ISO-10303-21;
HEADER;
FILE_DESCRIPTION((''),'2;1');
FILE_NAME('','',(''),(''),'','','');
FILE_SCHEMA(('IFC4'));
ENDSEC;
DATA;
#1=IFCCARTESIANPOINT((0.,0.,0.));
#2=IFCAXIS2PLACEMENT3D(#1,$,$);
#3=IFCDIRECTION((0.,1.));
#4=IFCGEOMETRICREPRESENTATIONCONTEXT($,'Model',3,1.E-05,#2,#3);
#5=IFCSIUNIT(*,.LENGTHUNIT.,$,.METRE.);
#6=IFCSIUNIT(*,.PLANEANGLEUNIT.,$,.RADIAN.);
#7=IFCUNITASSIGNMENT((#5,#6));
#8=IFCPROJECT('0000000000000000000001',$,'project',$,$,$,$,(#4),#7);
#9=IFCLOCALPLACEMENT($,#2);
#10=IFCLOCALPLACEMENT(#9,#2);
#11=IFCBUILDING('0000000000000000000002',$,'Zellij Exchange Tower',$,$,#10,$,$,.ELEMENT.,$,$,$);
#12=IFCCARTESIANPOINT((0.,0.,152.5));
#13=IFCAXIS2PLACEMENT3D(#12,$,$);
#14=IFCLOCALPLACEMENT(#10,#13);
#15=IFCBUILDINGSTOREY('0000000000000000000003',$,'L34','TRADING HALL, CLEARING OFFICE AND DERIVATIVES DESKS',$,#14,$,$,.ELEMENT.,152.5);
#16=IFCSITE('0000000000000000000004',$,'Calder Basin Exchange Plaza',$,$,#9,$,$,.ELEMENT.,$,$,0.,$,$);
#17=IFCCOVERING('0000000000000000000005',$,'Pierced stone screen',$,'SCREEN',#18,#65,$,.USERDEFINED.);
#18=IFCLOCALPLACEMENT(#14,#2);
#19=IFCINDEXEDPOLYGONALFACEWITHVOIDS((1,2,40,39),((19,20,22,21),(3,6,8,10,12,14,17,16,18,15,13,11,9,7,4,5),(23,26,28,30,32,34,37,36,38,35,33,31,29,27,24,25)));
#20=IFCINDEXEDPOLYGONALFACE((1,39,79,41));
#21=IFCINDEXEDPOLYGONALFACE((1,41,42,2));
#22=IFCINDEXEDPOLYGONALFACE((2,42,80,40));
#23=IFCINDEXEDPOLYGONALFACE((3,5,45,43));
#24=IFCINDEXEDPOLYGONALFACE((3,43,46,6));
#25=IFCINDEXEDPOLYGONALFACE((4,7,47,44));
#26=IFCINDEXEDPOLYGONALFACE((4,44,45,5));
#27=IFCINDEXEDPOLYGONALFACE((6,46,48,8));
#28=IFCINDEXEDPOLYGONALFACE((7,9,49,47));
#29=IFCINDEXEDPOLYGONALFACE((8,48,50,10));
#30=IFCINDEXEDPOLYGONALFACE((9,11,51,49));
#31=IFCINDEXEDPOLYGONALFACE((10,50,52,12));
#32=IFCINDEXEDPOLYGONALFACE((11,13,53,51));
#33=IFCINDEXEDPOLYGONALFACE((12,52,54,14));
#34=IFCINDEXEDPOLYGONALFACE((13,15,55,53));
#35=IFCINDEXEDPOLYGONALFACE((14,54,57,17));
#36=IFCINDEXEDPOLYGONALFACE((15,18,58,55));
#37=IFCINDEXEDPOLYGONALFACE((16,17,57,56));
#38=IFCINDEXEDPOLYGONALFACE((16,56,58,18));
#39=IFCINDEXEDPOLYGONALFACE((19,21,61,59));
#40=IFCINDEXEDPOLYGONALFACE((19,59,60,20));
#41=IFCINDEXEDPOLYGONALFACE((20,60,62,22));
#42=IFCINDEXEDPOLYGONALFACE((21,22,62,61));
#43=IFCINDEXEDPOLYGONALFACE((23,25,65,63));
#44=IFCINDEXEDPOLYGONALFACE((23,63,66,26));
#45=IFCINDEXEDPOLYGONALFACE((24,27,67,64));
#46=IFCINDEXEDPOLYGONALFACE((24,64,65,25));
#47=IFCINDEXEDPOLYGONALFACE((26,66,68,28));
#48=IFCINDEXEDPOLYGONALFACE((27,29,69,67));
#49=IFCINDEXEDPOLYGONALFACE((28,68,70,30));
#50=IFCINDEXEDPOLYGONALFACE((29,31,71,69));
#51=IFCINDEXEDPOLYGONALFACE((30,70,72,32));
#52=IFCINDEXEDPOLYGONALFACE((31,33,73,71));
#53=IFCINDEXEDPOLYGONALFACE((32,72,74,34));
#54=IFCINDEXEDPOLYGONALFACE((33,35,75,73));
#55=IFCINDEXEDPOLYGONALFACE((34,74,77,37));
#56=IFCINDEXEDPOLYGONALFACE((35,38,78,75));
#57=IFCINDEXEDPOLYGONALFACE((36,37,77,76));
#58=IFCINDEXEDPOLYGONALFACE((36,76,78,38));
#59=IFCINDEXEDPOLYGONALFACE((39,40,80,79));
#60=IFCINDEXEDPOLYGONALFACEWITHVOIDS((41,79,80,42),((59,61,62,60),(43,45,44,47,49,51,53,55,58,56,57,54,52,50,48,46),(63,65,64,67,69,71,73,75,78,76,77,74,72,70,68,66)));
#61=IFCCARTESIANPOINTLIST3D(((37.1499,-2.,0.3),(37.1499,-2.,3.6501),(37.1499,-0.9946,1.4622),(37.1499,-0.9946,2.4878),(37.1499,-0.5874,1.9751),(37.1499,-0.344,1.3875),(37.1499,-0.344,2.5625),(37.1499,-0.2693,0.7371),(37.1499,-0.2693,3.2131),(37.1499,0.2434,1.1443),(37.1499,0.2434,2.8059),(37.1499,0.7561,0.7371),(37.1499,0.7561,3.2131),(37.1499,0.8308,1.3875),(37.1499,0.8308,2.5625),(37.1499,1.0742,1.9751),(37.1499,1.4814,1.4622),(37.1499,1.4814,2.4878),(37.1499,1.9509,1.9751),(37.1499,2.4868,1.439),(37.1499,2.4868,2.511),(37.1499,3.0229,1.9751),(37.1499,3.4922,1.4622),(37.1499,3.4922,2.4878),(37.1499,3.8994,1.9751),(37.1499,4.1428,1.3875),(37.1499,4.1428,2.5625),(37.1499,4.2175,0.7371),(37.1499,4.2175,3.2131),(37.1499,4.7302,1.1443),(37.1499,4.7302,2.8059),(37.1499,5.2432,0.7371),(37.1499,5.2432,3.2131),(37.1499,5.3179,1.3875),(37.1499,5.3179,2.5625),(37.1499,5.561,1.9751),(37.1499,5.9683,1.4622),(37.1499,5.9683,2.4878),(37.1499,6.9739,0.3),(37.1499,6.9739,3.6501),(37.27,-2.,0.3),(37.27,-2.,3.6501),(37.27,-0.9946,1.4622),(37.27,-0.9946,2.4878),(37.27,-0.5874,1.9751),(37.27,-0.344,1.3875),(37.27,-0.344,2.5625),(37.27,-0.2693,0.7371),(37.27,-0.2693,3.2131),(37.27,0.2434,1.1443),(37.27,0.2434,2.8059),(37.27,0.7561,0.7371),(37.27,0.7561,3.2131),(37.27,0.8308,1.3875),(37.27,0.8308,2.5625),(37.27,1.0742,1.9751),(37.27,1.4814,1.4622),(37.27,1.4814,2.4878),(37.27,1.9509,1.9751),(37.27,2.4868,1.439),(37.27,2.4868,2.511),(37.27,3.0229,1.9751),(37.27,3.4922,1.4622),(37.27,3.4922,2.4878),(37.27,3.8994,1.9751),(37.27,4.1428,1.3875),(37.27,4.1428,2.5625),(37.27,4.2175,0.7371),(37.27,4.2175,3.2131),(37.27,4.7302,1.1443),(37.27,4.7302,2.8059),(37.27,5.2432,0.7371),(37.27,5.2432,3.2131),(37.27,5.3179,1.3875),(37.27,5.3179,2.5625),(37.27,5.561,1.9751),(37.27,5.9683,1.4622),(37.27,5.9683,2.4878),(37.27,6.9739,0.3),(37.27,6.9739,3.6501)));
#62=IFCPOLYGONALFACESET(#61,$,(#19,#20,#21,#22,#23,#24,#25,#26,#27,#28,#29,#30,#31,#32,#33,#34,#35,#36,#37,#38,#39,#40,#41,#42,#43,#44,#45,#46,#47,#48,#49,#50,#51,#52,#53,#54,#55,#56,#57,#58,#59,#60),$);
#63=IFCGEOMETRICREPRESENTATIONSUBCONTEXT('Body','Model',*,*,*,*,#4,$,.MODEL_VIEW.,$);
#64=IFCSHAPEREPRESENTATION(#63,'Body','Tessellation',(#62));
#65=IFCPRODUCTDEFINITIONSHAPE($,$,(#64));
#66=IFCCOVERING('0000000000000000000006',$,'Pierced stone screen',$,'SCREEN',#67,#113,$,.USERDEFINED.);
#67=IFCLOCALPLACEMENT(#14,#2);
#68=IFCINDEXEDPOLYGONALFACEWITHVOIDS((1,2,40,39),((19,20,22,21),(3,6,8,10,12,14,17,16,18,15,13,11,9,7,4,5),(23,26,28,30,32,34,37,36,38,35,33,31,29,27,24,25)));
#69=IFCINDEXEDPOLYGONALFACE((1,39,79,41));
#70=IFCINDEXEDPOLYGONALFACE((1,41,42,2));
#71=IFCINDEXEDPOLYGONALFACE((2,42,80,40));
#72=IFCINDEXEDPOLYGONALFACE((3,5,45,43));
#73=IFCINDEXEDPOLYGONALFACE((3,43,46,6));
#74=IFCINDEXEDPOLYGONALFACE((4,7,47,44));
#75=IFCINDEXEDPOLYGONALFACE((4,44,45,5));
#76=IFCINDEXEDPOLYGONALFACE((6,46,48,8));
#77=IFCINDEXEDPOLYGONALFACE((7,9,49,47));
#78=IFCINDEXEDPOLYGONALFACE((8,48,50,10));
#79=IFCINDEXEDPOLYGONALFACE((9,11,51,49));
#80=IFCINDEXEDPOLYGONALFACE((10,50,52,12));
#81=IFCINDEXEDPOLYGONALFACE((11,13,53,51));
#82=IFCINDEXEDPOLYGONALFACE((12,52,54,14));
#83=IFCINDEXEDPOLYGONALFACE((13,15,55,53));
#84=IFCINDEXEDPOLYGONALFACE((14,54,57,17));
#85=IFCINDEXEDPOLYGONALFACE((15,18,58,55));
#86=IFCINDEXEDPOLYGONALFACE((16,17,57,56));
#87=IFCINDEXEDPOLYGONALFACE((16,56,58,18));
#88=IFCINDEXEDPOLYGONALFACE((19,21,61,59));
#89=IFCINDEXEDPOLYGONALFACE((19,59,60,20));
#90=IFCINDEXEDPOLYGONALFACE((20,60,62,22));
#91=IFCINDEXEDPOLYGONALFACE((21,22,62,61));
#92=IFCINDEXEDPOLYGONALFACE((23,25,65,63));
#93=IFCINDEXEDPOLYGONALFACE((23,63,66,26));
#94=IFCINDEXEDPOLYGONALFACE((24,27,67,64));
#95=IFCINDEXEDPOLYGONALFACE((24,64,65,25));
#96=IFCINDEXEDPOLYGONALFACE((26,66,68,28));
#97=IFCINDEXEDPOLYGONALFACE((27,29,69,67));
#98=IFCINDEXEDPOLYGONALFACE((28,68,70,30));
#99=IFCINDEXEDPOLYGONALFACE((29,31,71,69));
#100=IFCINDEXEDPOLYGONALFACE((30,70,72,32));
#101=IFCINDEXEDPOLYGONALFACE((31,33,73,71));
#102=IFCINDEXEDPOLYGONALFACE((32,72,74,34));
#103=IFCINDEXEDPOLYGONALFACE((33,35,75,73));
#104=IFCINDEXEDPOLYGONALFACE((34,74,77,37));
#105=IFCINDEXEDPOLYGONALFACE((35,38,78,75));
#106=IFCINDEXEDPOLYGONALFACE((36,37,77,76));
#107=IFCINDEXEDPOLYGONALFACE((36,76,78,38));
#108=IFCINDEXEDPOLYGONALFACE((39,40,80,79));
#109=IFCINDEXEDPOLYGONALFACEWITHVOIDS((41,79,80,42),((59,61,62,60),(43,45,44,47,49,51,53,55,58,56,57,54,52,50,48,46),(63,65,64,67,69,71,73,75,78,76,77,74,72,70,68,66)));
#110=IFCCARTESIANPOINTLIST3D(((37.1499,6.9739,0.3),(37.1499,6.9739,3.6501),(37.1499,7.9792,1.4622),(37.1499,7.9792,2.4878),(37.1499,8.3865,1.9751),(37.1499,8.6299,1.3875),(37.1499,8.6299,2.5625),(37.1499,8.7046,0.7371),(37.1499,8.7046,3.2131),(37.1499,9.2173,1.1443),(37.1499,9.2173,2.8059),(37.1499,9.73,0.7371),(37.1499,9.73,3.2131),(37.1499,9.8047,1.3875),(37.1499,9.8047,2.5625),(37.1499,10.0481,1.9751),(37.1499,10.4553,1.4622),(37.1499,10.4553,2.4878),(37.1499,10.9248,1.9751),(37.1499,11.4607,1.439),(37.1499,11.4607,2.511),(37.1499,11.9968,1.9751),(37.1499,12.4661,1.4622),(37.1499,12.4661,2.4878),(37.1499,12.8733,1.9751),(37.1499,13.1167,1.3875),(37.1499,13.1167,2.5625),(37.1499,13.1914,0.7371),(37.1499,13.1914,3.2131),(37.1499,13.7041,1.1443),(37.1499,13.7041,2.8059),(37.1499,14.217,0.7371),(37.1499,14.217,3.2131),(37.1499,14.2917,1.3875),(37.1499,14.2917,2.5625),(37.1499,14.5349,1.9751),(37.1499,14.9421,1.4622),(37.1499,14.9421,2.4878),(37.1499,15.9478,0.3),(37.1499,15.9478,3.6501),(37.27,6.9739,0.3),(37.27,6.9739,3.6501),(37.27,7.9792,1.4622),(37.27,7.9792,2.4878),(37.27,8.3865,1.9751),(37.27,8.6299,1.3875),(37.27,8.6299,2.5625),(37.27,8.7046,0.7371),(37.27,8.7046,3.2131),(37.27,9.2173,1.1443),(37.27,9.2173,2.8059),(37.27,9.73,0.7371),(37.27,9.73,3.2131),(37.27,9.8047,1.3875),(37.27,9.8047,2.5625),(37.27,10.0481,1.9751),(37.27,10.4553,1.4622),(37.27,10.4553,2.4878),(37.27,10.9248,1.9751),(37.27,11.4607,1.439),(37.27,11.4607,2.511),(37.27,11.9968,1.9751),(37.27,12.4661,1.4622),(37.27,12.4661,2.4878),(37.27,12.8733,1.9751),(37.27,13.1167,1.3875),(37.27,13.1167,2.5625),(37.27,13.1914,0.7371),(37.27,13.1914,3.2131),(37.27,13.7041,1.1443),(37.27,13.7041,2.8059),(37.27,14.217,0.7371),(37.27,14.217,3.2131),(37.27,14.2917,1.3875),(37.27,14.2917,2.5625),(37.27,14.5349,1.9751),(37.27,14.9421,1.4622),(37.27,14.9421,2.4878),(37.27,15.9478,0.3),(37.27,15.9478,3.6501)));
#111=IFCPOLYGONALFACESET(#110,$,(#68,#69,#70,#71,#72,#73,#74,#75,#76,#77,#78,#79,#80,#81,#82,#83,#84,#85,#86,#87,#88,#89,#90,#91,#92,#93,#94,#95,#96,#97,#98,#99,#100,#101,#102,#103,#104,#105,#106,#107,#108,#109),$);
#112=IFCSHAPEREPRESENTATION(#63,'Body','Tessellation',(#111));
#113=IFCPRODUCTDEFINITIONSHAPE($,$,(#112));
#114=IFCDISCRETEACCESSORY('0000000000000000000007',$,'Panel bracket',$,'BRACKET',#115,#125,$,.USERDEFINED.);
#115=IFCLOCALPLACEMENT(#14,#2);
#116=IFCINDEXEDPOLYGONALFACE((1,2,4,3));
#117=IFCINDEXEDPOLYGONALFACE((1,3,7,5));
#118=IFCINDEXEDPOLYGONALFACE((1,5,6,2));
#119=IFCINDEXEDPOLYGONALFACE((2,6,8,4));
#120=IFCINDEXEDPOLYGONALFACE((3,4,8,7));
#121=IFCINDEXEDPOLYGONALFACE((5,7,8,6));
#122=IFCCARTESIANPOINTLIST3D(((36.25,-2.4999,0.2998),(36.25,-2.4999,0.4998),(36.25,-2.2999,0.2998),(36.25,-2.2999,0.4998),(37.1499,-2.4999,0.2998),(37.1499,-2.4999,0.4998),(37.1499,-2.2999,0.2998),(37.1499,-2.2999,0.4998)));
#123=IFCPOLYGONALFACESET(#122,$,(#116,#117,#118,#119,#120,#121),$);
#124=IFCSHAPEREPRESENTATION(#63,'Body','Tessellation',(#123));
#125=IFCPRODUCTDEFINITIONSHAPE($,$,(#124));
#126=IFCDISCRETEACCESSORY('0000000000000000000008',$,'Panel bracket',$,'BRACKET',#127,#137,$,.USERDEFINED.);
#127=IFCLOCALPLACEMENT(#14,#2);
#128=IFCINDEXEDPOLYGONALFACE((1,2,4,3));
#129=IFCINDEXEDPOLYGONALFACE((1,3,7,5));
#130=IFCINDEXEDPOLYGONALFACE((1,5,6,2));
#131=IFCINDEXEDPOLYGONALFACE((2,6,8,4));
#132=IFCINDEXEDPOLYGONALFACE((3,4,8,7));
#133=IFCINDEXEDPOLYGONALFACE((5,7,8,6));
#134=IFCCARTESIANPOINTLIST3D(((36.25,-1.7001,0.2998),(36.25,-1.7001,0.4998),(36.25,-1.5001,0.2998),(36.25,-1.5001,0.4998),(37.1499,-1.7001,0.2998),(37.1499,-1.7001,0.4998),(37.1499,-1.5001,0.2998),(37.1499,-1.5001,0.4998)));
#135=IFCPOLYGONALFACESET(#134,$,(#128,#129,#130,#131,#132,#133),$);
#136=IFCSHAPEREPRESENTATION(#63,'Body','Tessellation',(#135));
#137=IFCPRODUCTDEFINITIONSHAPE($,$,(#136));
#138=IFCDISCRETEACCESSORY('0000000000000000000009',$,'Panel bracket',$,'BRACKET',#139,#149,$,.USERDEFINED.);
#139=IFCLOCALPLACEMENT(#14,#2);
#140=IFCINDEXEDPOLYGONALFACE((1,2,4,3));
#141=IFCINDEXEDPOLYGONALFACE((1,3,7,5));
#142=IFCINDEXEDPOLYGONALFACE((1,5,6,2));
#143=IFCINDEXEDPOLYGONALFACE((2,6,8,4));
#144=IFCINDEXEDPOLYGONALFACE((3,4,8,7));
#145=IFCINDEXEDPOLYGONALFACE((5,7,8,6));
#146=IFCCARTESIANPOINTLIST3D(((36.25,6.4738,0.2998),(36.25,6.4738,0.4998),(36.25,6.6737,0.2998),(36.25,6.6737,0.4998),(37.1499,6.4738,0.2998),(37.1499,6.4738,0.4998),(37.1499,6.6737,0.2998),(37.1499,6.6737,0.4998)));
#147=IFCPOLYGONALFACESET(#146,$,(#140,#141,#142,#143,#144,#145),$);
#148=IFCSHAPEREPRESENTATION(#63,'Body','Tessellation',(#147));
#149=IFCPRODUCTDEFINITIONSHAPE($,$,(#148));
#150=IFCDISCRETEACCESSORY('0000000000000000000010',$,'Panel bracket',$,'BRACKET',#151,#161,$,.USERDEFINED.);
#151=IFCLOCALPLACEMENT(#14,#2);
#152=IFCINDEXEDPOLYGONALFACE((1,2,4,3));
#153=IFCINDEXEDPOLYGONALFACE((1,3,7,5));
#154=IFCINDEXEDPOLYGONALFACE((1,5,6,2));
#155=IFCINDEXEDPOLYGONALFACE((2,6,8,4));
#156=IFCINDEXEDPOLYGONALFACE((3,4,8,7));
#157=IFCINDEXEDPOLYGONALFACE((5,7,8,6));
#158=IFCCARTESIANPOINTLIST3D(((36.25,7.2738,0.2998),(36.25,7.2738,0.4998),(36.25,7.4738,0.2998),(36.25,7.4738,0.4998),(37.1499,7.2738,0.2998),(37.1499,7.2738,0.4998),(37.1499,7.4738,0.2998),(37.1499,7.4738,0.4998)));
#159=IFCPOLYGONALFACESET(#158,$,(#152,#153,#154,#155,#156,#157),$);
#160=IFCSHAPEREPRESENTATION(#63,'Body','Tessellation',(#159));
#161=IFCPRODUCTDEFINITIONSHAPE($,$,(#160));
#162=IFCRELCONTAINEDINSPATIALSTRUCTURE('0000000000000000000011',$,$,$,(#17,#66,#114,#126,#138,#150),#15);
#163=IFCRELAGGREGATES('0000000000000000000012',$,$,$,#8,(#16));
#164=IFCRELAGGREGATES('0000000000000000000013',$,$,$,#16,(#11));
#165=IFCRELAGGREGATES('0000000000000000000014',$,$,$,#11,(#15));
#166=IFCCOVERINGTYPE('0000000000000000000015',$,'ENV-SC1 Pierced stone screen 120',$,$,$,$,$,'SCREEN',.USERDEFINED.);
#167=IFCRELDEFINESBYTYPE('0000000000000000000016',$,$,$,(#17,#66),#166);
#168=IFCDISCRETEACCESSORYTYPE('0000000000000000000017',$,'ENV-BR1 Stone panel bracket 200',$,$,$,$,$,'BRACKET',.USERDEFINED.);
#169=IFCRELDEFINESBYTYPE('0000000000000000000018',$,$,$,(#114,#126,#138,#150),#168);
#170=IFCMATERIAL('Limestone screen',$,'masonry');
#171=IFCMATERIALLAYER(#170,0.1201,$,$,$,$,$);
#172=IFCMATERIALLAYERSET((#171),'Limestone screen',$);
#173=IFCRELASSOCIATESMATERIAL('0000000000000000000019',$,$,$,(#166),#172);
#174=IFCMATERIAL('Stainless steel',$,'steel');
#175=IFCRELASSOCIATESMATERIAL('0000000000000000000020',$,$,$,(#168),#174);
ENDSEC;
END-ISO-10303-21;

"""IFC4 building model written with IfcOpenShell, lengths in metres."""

from ifc_helpers import new_model, si_unit, direction, frame, origin, origin_2d, place, context, subcontext, project, spatial, polyline, rectangle, outline, extrude, material, layer, layer_set, type_object, element, save


model = new_model("IFC4")

# Units and contexts
model_context = context("Model", 3, precision=1e-05, world=origin(), true_north=direction((0.0, 1.0)))
body_context = subcontext(model_context, "Body", "Model", "MODEL_VIEW")
ifc_project = project(units=[si_unit("LENGTHUNIT", "METRE"), si_unit("PLANEANGLEUNIT", "RADIAN")], contexts=[model_context])

# Site, building, storey
site_placement = place(None, origin())
site = spatial("IfcSite", under=ifc_project, at=site_placement, Name="Calder Basin Exchange Plaza", CompositionType="ELEMENT", RefElevation=0.0)
building_placement = place(site_placement, origin())
building = spatial("IfcBuilding", under=site, at=building_placement, Name="Zellij Exchange Tower", CompositionType="ELEMENT")
storey_placement = place(building_placement, frame((0.0, 0.0, 152.5)))
storey = spatial("IfcBuildingStorey", under=building, at=storey_placement, Name="L34", Description="TRADING HALL, CLEARING OFFICE AND DERIVATIVES DESKS", CompositionType="ELEMENT", Elevation=152.5)

# Coverings
ifc_material_1 = material(Name="Limestone screen", Category="masonry")
ifc_layer_1 = layer(ifc_material_1, 0.1201)
ifc_layer_set_1 = layer_set([ifc_layer_1], Name="Limestone screen")
covering_type = type_object("IfcCoveringType", Name="ENV-SC1 Pierced stone screen 120", ElementType="SCREEN", PredefinedType="USERDEFINED", material=ifc_layer_set_1)
for number, where, z_axis, x_axis, name in (
    (1, (37.21, -2.0, 0.3), (0.0, 0.0, 1.0), (0.0, 1.0, 0.0), "Pierced stone screen"),
    (2, (37.21, 6.9739, 0.3), (0.0, 0.0, 1.0), (0.0, 1.0, 0.0), "Pierced stone screen"),
):
    element("IfcCovering", number, at=place(storey_placement, frame(where, z_axis=z_axis, x_axis=x_axis)), inside=storey, type_object=covering_type, Name=name, ObjectType="SCREEN", PredefinedType="USERDEFINED", context=body_context, shape_type="SweptSolid", body=[
        extrude(outline(polyline([(0.0, 0.0), (8.9739, 0.0), (8.9739, 3.3501), (0.0, 3.3501), (0.0, 0.0)]), holes=[polyline([(3.4814, 2.1877), (2.8308, 2.2625), (2.7561, 2.9131), (2.2434, 2.5059), (1.7307, 2.9131), (1.656, 2.2625), (1.0054, 2.1877), (1.4126, 1.675), (1.0054, 1.1621), (1.656, 1.0874), (1.7307, 0.437), (2.2434, 0.8442), (2.7561, 0.437), (2.8308, 1.0874), (3.4814, 1.1621), (3.0742, 1.675), (3.4814, 2.1877)]), polyline([(7.9683, 2.1877), (7.3179, 2.2625), (7.2432, 2.9131), (6.7302, 2.5059), (6.2175, 2.9131), (6.1428, 2.2625), (5.4922, 2.1877), (5.8994, 1.675), (5.4922, 1.1621), (6.1428, 1.0874), (6.2175, 0.437), (6.7302, 0.8442), (7.2432, 0.437), (7.3179, 1.0874), (7.9683, 1.1621), (7.561, 1.675), (7.9683, 2.1877)]), polyline([(5.0229, 1.675), (4.4868, 2.2109), (3.9509, 1.675), (4.4868, 1.1389), (5.0229, 1.675)])]), frame((0.0, 0.0601, 0.0), z_axis=(0.0, -1.0, 0.0), x_axis=(1.0, 0.0, 0.0)), (0.0, 0.0, 1.0), 0.1201),
    ])

# Discrete accessories
ifc_material_2 = material(Name="Stainless steel", Category="steel")
discrete_accessory_type = type_object("IfcDiscreteAccessoryType", Name="ENV-BR1 Stone panel bracket 200", ElementType="BRACKET", PredefinedType="USERDEFINED", material=ifc_material_2)
for number, where, z_axis, x_axis, name in (
    (3, (36.7, -2.3999, 0.2998), (0.0, 0.0, 1.0), (0.0, 1.0, 0.0), "Panel bracket"),
    (4, (36.7, -1.6001, 0.2998), (0.0, 0.0, 1.0), (0.0, 1.0, 0.0), "Panel bracket"),
    (5, (36.7, 6.5737, 0.2998), (0.0, 0.0, 1.0), (0.0, 1.0, 0.0), "Panel bracket"),
    (6, (36.7, 7.3738, 0.2998), (0.0, 0.0, 1.0), (0.0, 1.0, 0.0), "Panel bracket"),
):
    element("IfcDiscreteAccessory", number, at=place(storey_placement, frame(where, z_axis=z_axis, x_axis=x_axis)), inside=storey, type_object=discrete_accessory_type, Name=name, ObjectType="BRACKET", PredefinedType="USERDEFINED", context=body_context, shape_type="SweptSolid", body=[
        extrude(rectangle(XDim=0.2, YDim=0.8999, at=origin_2d()), origin(), (0.0, 0.0, 1.0), 0.2),
    ])

save(model, "model.ifc")
